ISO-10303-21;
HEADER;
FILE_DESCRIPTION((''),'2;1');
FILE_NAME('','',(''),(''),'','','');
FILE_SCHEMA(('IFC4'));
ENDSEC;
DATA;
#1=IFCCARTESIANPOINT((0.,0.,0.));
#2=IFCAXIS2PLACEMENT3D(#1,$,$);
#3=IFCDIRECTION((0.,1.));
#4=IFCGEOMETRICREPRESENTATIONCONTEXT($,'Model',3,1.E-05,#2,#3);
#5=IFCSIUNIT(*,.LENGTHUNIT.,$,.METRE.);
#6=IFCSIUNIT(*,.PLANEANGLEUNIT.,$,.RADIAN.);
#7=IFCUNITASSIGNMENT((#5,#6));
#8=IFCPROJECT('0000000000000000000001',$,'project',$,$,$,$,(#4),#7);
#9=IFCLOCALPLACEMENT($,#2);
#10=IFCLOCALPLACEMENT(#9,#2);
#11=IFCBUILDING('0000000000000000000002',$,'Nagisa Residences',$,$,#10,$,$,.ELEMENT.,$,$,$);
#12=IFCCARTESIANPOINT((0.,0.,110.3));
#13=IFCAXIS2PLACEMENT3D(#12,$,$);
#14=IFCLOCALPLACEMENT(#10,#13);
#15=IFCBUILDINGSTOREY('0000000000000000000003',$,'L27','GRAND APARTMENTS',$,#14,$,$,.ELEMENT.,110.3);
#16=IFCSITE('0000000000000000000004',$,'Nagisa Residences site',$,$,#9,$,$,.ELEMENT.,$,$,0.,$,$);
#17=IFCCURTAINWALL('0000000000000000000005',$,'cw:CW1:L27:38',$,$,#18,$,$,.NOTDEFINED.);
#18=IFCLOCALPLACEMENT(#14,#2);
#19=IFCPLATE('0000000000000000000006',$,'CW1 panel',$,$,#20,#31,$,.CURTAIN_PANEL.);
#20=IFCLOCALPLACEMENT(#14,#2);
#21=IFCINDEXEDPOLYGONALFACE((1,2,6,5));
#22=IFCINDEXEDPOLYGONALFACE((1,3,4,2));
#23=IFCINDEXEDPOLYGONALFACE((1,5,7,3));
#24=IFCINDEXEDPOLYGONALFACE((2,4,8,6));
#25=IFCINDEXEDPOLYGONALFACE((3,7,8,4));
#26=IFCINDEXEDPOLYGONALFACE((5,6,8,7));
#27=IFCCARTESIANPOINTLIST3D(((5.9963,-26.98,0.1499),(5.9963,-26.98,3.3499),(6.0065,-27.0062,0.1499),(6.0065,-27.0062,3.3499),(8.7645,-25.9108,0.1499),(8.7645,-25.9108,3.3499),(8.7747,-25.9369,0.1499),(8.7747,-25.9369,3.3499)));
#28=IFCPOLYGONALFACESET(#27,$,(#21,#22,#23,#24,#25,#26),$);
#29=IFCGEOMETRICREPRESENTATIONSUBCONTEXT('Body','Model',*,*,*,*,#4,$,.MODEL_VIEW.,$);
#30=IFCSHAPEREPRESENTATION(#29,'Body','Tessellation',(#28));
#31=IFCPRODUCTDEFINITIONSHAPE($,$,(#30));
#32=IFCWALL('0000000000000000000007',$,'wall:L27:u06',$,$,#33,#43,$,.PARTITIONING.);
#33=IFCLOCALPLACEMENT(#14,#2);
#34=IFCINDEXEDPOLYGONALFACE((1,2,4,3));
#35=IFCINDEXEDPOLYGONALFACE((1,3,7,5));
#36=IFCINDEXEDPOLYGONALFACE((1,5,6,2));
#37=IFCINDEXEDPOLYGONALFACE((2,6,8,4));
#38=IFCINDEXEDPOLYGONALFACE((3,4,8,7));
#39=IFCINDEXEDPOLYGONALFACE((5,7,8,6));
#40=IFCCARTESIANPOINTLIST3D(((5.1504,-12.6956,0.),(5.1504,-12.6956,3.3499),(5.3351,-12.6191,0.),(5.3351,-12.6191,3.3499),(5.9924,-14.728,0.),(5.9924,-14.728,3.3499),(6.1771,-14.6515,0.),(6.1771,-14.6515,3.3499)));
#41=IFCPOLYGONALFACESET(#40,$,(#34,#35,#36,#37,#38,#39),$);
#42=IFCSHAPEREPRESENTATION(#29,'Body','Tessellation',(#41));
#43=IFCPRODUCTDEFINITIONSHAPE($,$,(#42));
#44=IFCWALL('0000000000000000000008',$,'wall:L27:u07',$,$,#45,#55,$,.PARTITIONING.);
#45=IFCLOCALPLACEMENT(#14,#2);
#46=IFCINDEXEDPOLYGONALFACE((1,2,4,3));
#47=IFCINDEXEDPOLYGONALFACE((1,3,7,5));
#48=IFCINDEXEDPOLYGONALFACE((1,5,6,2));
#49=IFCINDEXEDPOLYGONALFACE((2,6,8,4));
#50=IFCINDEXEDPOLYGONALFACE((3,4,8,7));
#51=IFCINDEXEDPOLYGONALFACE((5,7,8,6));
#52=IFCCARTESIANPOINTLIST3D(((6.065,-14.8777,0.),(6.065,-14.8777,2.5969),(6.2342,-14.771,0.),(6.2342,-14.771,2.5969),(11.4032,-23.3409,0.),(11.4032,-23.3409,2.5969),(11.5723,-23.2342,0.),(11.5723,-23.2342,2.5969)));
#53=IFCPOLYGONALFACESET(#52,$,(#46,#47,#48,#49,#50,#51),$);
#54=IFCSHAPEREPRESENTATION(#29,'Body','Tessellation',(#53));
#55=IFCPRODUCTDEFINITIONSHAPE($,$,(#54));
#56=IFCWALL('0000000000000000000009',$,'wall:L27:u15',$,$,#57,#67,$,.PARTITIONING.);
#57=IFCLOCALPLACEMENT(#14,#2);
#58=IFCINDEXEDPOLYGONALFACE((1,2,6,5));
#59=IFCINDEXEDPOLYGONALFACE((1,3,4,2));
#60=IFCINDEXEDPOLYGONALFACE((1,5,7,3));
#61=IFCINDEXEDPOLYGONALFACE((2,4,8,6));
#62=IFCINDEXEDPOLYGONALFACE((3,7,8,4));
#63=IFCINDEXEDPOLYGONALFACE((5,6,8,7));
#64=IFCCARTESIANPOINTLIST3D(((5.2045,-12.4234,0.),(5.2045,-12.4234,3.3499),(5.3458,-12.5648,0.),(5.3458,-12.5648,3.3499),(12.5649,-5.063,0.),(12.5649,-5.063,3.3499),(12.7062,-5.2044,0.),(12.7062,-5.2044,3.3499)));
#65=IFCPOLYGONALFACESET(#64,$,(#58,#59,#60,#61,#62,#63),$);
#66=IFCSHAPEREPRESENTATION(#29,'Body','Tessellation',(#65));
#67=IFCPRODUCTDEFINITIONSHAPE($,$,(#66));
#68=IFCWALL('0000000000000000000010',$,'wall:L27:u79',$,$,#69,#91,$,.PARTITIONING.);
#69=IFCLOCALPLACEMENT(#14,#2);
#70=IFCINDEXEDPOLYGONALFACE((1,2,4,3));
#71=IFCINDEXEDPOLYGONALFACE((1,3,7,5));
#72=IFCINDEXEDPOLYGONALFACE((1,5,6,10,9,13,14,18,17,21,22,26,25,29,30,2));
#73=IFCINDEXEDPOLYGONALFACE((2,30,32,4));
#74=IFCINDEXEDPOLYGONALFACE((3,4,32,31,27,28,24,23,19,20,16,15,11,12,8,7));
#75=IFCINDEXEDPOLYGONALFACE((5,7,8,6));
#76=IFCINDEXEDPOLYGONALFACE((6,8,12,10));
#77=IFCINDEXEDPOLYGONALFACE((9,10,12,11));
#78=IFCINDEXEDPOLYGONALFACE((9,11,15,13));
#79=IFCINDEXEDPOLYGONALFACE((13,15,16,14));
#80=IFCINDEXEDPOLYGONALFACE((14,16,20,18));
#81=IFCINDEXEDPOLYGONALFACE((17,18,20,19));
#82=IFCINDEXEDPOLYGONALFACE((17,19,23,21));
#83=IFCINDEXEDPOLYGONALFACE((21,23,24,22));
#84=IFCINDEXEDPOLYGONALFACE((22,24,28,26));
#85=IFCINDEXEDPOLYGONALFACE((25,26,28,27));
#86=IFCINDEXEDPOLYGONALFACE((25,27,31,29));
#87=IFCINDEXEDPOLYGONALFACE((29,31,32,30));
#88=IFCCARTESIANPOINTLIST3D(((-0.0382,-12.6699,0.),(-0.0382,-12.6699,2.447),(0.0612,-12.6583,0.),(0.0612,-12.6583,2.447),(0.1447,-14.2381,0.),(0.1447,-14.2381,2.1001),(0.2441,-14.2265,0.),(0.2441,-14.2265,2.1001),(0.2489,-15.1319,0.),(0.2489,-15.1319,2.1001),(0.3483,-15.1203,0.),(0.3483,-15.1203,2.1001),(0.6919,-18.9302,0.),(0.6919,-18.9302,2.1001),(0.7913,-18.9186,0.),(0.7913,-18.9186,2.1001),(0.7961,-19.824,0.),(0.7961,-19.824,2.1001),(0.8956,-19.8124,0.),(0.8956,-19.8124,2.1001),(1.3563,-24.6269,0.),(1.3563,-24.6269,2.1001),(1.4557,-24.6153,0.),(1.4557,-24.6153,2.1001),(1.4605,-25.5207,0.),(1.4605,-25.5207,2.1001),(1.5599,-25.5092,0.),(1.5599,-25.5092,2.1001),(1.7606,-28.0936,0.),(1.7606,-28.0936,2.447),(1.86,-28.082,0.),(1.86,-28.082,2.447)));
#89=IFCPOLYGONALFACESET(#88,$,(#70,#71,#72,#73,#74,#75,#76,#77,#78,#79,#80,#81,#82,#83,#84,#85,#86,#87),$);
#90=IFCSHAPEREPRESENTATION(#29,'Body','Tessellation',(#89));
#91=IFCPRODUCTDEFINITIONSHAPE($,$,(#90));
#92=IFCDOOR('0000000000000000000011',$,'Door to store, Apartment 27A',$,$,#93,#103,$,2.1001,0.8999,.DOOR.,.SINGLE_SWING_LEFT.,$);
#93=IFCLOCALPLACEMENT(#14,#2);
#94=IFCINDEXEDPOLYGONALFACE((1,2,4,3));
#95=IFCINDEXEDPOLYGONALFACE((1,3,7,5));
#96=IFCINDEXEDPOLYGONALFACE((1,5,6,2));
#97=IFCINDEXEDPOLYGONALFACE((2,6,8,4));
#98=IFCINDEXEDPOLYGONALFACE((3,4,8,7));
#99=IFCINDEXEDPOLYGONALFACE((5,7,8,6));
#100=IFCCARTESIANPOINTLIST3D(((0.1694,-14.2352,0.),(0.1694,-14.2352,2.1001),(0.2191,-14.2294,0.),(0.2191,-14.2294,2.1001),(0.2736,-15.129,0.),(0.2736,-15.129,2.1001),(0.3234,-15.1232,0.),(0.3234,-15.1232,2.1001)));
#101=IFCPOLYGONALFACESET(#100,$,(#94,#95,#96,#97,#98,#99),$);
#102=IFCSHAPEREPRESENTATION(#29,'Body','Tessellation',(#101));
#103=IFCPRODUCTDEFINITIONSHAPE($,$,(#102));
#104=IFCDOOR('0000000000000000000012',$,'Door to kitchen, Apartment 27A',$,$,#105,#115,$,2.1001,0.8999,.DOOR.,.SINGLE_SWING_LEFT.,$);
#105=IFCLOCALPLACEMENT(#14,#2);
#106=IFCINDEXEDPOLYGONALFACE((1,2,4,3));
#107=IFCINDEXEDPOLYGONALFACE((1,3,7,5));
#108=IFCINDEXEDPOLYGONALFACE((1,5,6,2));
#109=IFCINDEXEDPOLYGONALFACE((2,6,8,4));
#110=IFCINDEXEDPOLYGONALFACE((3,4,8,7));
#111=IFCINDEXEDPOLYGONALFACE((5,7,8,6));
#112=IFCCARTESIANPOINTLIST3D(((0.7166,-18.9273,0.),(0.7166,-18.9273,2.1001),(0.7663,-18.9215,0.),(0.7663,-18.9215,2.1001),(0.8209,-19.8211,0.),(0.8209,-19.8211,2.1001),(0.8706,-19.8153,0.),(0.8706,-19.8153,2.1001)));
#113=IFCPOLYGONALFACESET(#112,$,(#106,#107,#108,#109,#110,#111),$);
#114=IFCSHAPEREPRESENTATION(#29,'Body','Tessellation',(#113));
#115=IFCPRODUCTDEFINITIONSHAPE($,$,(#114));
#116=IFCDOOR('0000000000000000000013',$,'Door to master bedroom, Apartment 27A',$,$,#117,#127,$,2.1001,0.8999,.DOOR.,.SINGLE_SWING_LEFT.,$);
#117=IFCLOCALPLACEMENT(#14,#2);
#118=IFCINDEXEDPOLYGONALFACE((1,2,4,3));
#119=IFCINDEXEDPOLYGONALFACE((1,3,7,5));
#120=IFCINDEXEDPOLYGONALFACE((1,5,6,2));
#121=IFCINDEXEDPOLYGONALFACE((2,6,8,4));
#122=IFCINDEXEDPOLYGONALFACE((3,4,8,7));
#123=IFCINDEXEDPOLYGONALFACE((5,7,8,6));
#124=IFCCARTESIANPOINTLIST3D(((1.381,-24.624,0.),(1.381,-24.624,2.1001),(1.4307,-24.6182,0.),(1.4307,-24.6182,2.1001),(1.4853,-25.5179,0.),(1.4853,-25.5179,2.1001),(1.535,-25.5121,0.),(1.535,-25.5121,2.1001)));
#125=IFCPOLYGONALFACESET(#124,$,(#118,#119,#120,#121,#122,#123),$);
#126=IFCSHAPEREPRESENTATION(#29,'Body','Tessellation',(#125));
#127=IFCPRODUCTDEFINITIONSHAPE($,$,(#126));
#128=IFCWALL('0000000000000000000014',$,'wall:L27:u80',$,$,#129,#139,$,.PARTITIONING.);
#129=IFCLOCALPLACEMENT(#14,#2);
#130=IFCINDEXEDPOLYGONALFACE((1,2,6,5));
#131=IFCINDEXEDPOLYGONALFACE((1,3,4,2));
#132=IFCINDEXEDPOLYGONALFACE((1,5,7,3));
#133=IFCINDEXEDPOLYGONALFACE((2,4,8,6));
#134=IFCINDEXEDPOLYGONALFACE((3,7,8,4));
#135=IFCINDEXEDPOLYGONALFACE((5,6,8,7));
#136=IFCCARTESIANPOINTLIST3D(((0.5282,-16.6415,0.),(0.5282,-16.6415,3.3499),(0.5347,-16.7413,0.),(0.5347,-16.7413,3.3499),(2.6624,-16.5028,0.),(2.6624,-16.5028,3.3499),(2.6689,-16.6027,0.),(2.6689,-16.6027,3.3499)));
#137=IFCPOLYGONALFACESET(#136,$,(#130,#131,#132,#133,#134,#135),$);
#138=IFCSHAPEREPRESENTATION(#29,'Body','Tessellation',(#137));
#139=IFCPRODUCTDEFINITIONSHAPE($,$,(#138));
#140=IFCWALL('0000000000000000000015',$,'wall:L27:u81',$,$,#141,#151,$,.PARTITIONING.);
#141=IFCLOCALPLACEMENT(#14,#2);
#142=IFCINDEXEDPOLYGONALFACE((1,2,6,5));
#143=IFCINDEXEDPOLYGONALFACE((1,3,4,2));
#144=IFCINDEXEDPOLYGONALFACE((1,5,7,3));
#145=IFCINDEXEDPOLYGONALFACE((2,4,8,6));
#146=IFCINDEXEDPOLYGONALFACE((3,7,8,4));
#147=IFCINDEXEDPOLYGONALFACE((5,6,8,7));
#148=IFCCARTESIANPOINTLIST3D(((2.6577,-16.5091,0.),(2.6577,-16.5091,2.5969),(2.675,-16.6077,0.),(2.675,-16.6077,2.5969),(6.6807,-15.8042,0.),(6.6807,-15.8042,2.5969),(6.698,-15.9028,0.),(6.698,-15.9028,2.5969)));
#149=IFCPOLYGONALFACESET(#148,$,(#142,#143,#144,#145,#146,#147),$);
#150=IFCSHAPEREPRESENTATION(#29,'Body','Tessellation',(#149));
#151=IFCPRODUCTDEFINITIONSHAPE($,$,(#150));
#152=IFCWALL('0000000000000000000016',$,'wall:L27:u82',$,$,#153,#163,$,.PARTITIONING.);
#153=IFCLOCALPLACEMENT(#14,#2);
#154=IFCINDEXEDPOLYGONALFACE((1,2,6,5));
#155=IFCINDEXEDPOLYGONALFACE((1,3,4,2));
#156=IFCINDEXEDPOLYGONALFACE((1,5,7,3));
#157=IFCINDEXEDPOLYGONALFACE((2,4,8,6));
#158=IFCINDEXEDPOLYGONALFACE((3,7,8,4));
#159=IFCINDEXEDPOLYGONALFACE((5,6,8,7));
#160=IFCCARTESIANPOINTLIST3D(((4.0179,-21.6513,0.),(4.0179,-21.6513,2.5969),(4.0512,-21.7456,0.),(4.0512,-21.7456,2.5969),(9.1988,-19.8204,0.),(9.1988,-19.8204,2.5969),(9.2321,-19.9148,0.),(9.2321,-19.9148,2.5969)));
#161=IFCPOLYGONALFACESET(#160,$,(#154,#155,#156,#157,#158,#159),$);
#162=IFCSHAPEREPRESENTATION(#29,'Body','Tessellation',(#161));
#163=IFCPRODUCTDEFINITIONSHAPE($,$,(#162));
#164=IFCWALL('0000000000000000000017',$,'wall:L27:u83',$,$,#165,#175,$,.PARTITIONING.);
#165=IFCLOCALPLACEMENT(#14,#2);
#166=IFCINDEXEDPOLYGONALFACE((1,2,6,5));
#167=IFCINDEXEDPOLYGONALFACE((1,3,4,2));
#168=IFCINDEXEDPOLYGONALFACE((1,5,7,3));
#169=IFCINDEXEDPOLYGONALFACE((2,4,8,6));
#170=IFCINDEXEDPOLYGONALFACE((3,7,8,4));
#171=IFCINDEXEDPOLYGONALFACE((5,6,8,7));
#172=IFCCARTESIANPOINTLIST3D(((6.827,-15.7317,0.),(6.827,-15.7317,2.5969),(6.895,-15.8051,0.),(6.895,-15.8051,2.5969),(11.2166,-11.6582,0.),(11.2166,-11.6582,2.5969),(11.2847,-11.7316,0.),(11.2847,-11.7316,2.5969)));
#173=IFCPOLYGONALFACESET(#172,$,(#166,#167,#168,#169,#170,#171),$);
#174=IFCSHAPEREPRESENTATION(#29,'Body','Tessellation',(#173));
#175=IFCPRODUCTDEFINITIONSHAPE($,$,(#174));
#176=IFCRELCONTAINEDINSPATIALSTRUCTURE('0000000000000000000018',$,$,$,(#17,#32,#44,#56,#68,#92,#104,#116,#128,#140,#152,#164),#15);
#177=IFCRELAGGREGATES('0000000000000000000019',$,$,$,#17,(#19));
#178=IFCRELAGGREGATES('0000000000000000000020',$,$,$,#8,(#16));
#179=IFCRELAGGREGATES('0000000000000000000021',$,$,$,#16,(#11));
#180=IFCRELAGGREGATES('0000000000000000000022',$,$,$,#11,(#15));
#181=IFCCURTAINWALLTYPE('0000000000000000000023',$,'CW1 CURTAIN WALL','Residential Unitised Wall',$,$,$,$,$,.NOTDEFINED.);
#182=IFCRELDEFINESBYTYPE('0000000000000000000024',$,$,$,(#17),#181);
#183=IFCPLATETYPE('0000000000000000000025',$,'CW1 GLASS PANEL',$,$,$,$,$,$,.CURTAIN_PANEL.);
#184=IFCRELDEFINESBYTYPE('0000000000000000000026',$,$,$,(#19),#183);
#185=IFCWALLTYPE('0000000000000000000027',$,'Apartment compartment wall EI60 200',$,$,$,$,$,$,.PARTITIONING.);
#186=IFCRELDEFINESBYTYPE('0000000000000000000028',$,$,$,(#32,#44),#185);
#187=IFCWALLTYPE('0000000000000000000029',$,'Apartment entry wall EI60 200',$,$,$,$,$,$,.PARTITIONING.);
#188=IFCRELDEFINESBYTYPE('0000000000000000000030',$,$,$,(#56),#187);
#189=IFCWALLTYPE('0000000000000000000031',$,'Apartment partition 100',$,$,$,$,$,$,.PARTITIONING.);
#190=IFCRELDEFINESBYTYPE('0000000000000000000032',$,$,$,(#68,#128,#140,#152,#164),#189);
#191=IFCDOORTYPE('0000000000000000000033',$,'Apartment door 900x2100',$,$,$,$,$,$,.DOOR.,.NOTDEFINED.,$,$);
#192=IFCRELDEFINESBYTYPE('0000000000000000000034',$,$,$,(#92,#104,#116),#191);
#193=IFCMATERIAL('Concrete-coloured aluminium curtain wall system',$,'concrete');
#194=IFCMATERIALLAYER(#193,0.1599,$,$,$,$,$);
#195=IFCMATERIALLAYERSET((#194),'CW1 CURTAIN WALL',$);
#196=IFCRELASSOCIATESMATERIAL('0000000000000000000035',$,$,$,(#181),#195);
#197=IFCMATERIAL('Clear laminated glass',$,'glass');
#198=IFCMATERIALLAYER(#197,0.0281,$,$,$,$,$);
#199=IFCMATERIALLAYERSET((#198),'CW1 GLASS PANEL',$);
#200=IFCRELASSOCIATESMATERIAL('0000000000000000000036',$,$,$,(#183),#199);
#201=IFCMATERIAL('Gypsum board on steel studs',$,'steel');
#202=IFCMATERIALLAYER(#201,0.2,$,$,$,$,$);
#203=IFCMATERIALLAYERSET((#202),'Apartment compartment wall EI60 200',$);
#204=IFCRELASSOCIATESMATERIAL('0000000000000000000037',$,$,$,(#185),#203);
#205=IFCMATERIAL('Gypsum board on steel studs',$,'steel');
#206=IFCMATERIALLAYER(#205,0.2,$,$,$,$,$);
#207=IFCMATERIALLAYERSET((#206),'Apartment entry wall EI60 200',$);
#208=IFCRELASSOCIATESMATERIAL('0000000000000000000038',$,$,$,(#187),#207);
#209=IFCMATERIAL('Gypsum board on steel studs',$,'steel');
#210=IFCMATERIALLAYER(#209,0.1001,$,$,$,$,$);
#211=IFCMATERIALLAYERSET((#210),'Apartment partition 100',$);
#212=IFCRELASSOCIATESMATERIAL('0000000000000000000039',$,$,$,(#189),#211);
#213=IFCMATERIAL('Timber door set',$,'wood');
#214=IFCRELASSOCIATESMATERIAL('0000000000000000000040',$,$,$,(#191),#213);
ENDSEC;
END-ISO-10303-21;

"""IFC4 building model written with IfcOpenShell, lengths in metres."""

from ifc_helpers import new_model, si_unit, direction, frame, frame_2d, origin, origin_2d, place, context, subcontext, project, spatial, rectangle, extrude, material, layer, layer_set, type_object, element, fill, aggregate, save


model = new_model("IFC4")

# Units and contexts
model_context = context("Model", 3, precision=1e-05, world=origin(), true_north=direction((0.0, 1.0)))
body_context = subcontext(model_context, "Body", "Model", "MODEL_VIEW")
ifc_project = project(units=[si_unit("LENGTHUNIT", "METRE"), si_unit("PLANEANGLEUNIT", "RADIAN")], contexts=[model_context])

# Site, building, storey
site_placement = place(None, origin())
site = spatial("IfcSite", under=ifc_project, at=site_placement, Name="Nagisa Residences site", CompositionType="ELEMENT", RefElevation=0.0)
building_placement = place(site_placement, origin())
building = spatial("IfcBuilding", under=site, at=building_placement, Name="Nagisa Residences", CompositionType="ELEMENT")
storey_placement = place(building_placement, frame((0.0, 0.0, 110.3)))
storey = spatial("IfcBuildingStorey", under=building, at=storey_placement, Name="L27", Description="GRAND APARTMENTS", CompositionType="ELEMENT", Elevation=110.3)

# Curtain wall
ifc_material_1 = material(Name="Concrete-coloured aluminium curtain wall system", Category="concrete")
ifc_layer_1 = layer(ifc_material_1, 0.1599)
ifc_layer_set_1 = layer_set([ifc_layer_1], Name="CW1 CURTAIN WALL")
curtain_wall_type = type_object("IfcCurtainWallType", Name="CW1 CURTAIN WALL", Description="Residential Unitised Wall", PredefinedType="NOTDEFINED", material=ifc_layer_set_1)
curtain_wall_1_placement = place(storey_placement, origin())
curtain_wall_1 = element("IfcCurtainWall", 1, at=curtain_wall_1_placement, inside=storey, type_object=curtain_wall_type, Name="cw:CW1:L27:38", PredefinedType="NOTDEFINED")

# Plate
ifc_material_2 = material(Name="Clear laminated glass", Category="glass")
ifc_layer_2 = layer(ifc_material_2, 0.0281)
ifc_layer_set_2 = layer_set([ifc_layer_2], Name="CW1 GLASS PANEL")
plate_type = type_object("IfcPlateType", Name="CW1 GLASS PANEL", PredefinedType="CURTAIN_PANEL", material=ifc_layer_set_2)
plate_1_placement = place(storey_placement, frame((7.3855, -26.4585, 0.1499), z_axis=(0.0, 0.0, 1.0), x_axis=(0.932826, 0.360328, 0.0)))
plate_1 = element("IfcPlate", 2, at=plate_1_placement, type_object=plate_type, Name="CW1 panel", PredefinedType="CURTAIN_PANEL", context=body_context, shape_type="SweptSolid", body=[
    extrude(rectangle(XDim=2.9675, YDim=0.0281, at=origin_2d()), origin(), (0.0, 0.0, 1.0), 3.2),
])
aggregate(curtain_wall_1, [plate_1])

# Walls
ifc_material_3 = material(Name="Gypsum board on steel studs", Category="steel")
ifc_layer_3 = layer(ifc_material_3, 0.2)
ifc_layer_set_3 = layer_set([ifc_layer_3], Name="Apartment compartment wall EI60 200")
wall_type_1 = type_object("IfcWallType", Name="Apartment compartment wall EI60 200", PredefinedType="PARTITIONING", material=ifc_layer_set_3)
wall_1_placement = place(storey_placement, frame((5.2427, -12.6572, 0.0), z_axis=(0.0, 0.0, 1.0), x_axis=(0.382747, -0.923853, 0.0)))
element("IfcWall", 3, at=wall_1_placement, inside=storey, type_object=wall_type_1, Name="wall:L27:u06", PredefinedType="PARTITIONING", context=body_context, shape_type="SweptSolid", body=[
    extrude(rectangle(XDim=2.2, YDim=0.2, at=frame_2d((1.1001, 0.0))), origin(), (0.0, 0.0, 1.0), 3.3499),
])
wall_2_placement = place(storey_placement, frame((6.1497, -14.8245, 0.0), z_axis=(0.0, 0.0, 1.0), x_axis=(0.533493, -0.845805, 0.0)))
element("IfcWall", 4, at=wall_2_placement, inside=storey, type_object=wall_type_1, Name="wall:L27:u07", PredefinedType="PARTITIONING", context=body_context, shape_type="SweptSolid", body=[
    extrude(rectangle(XDim=10.0061, YDim=0.2, at=frame_2d((5.0029, 0.0))), origin(), (0.0, 0.0, 1.0), 2.5969),
])
ifc_material_4 = material(Name="Gypsum board on steel studs", Category="steel")
ifc_layer_4 = layer(ifc_material_4, 0.2)
ifc_layer_set_4 = layer_set([ifc_layer_4], Name="Apartment entry wall EI60 200")
wall_type_2 = type_object("IfcWallType", Name="Apartment entry wall EI60 200", PredefinedType="PARTITIONING", material=ifc_layer_set_4)
wall_3_placement = place(storey_placement, frame((5.2751, -12.4941, 0.0), z_axis=(0.0, 0.0, 1.0), x_axis=(0.707107, 0.707107, 0.0)))
element("IfcWall", 5, at=wall_3_placement, inside=storey, type_object=wall_type_2, Name="wall:L27:u15", PredefinedType="PARTITIONING", context=body_context, shape_type="SweptSolid", body=[
    extrude(rectangle(XDim=10.4092, YDim=0.2, at=frame_2d((5.2046, 0.0))), origin(), (0.0, 0.0, 1.0), 3.3499),
])

# Wall, openings, doors
ifc_material_5 = material(Name="Gypsum board on steel studs", Category="steel")
ifc_layer_5 = layer(ifc_material_5, 0.1001)
ifc_layer_set_5 = layer_set([ifc_layer_5], Name="Apartment partition 100")
wall_type_3 = type_object("IfcWallType", Name="Apartment partition 100", PredefinedType="PARTITIONING", material=ifc_layer_set_5)
wall_4_placement = place(storey_placement, frame((0.0115, -12.6641, 0.0), z_axis=(0.0, 0.0, 1.0), x_axis=(0.115841, -0.993268, 0.0)))
wall_4 = element("IfcWall", 6, at=wall_4_placement, inside=storey, type_object=wall_type_3, Name="wall:L27:u79", PredefinedType="PARTITIONING", context=body_context, shape_type="SweptSolid", body=[
    extrude(rectangle(XDim=15.5283, YDim=0.1001, at=frame_2d((7.7642, 0.0))), origin(), (0.0, 0.0, 1.0), 2.447),
])
opening_1_placement = place(wall_4_placement, frame((1.5789, 0.0, 0.0)))
opening_1 = element("IfcOpeningElement", 7, at=opening_1_placement, cuts=wall_4, PredefinedType="OPENING", context=body_context, shape_type="SweptSolid", body=[
    extrude(rectangle(XDim=0.8999, YDim=2.1001, at=frame_2d((0.45, 1.05))), frame((0.0, 0.0601, 0.0), z_axis=(0.0, -1.0, 0.0), x_axis=(1.0, 0.0, 0.0)), (0.0, 0.0, 1.0), 0.1201),
])
opening_2_placement = place(wall_4_placement, frame((6.3027, 0.0, 0.0)))
opening_2 = element("IfcOpeningElement", 8, at=opening_2_placement, cuts=wall_4, PredefinedType="OPENING", context=body_context, shape_type="SweptSolid", body=[
    extrude(rectangle(XDim=0.8999, YDim=2.1001, at=frame_2d((0.45, 1.05))), frame((0.0, 0.0601, 0.0), z_axis=(0.0, -1.0, 0.0), x_axis=(1.0, 0.0, 0.0)), (0.0, 0.0, 1.0), 0.1201),
])
opening_3_placement = place(wall_4_placement, frame((12.0381, 0.0, 0.0)))
opening_3 = element("IfcOpeningElement", 9, at=opening_3_placement, cuts=wall_4, PredefinedType="OPENING", context=body_context, shape_type="SweptSolid", body=[
    extrude(rectangle(XDim=0.8999, YDim=2.1001, at=frame_2d((0.45, 1.05))), frame((0.0, 0.0601, 0.0), z_axis=(0.0, -1.0, 0.0), x_axis=(1.0, 0.0, 0.0)), (0.0, 0.0, 1.0), 0.1201),
])
ifc_material_6 = material(Name="Timber door set", Category="wood")
door_type_1 = type_object("IfcDoorType", Name="Apartment door 900x2100", OperationType="NOTDEFINED", PredefinedType="DOOR", material=ifc_material_6)
door_1_placement = place(opening_1_placement, origin())
door_1 = element("IfcDoor", 10, at=door_1_placement, inside=storey, type_object=door_type_1, Name="Door to store, Apartment 27A", OperationType="SINGLE_SWING_LEFT", OverallHeight=2.1001, OverallWidth=0.8999, PredefinedType="DOOR", context=body_context, shape_type="SweptSolid", body=[
    extrude(rectangle(XDim=0.8999, YDim=2.1001, at=frame_2d((0.45, 1.05))), frame((0.0, 0.0249, 0.0), z_axis=(0.0, -1.0, 0.0), x_axis=(1.0, 0.0, 0.0)), (0.0, 0.0, 1.0), 0.05),
])
fill(opening_1, door_1)
door_2_placement = place(opening_2_placement, origin())
door_2 = element("IfcDoor", 11, at=door_2_placement, inside=storey, type_object=door_type_1, Name="Door to kitchen, Apartment 27A", OperationType="SINGLE_SWING_LEFT", OverallHeight=2.1001, OverallWidth=0.8999, PredefinedType="DOOR", context=body_context, shape_type="SweptSolid", body=[
    extrude(rectangle(XDim=0.8999, YDim=2.1001, at=frame_2d((0.45, 1.05))), frame((0.0, 0.0249, 0.0), z_axis=(0.0, -1.0, 0.0), x_axis=(1.0, 0.0, 0.0)), (0.0, 0.0, 1.0), 0.05),
])
fill(opening_2, door_2)
door_3_placement = place(opening_3_placement, origin())
door_3 = element("IfcDoor", 12, at=door_3_placement, inside=storey, type_object=door_type_1, Name="Door to master bedroom, Apartment 27A", OperationType="SINGLE_SWING_LEFT", OverallHeight=2.1001, OverallWidth=0.8999, PredefinedType="DOOR", context=body_context, shape_type="SweptSolid", body=[
    extrude(rectangle(XDim=0.8999, YDim=2.1001, at=frame_2d((0.45, 1.05))), frame((0.0, 0.0249, 0.0), z_axis=(0.0, -1.0, 0.0), x_axis=(1.0, 0.0, 0.0)), (0.0, 0.0, 1.0), 0.05),
])
fill(opening_3, door_3)

# Walls
wall_5_placement = place(storey_placement, frame((0.5315, -16.6914, 0.0), z_axis=(0.0, 0.0, 1.0), x_axis=(0.997896, 0.064837, 0.0)))
element("IfcWall", 13, at=wall_5_placement, inside=storey, type_object=wall_type_3, Name="wall:L27:u80", PredefinedType="PARTITIONING", context=body_context, shape_type="SweptSolid", body=[
    extrude(rectangle(XDim=2.1387, YDim=0.1001, at=frame_2d((1.0693, 0.0))), origin(), (0.0, 0.0, 1.0), 3.3499),
])
wall_6_placement = place(storey_placement, frame((2.6665, -16.5583, 0.0), z_axis=(0.0, 0.0, 1.0), x_axis=(0.984996, 0.172575, 0.0)))
element("IfcWall", 14, at=wall_6_placement, inside=storey, type_object=wall_type_3, Name="wall:L27:u81", PredefinedType="PARTITIONING", context=body_context, shape_type="SweptSolid", body=[
    extrude(rectangle(XDim=4.0842, YDim=0.1001, at=frame_2d((2.042, 0.0))), origin(), (0.0, 0.0, 1.0), 2.5969),
])
wall_7_placement = place(storey_placement, frame((4.0344, -21.6985, 0.0), z_axis=(0.0, 0.0, 1.0), x_axis=(0.942861, 0.333185, 0.0)))
element("IfcWall", 15, at=wall_7_placement, inside=storey, type_object=wall_type_3, Name="wall:L27:u82", PredefinedType="PARTITIONING", context=body_context, shape_type="SweptSolid", body=[
    extrude(rectangle(XDim=5.4949, YDim=0.1001, at=frame_2d((2.7476, 0.0))), origin(), (0.0, 0.0, 1.0), 2.5969),
])
wall_8_placement = place(storey_placement, frame((6.8611, -15.7683, 0.0), z_axis=(0.0, 0.0, 1.0), x_axis=(0.733011, 0.680217, 0.0)))
element("IfcWall", 16, at=wall_8_placement, inside=storey, type_object=wall_type_3, Name="wall:L27:u83", PredefinedType="PARTITIONING", context=body_context, shape_type="SweptSolid", body=[
    extrude(rectangle(XDim=5.9885, YDim=0.1001, at=frame_2d((2.9941, 0.0))), origin(), (0.0, 0.0, 1.0), 2.5969),
])

save(model, "model.ifc")
